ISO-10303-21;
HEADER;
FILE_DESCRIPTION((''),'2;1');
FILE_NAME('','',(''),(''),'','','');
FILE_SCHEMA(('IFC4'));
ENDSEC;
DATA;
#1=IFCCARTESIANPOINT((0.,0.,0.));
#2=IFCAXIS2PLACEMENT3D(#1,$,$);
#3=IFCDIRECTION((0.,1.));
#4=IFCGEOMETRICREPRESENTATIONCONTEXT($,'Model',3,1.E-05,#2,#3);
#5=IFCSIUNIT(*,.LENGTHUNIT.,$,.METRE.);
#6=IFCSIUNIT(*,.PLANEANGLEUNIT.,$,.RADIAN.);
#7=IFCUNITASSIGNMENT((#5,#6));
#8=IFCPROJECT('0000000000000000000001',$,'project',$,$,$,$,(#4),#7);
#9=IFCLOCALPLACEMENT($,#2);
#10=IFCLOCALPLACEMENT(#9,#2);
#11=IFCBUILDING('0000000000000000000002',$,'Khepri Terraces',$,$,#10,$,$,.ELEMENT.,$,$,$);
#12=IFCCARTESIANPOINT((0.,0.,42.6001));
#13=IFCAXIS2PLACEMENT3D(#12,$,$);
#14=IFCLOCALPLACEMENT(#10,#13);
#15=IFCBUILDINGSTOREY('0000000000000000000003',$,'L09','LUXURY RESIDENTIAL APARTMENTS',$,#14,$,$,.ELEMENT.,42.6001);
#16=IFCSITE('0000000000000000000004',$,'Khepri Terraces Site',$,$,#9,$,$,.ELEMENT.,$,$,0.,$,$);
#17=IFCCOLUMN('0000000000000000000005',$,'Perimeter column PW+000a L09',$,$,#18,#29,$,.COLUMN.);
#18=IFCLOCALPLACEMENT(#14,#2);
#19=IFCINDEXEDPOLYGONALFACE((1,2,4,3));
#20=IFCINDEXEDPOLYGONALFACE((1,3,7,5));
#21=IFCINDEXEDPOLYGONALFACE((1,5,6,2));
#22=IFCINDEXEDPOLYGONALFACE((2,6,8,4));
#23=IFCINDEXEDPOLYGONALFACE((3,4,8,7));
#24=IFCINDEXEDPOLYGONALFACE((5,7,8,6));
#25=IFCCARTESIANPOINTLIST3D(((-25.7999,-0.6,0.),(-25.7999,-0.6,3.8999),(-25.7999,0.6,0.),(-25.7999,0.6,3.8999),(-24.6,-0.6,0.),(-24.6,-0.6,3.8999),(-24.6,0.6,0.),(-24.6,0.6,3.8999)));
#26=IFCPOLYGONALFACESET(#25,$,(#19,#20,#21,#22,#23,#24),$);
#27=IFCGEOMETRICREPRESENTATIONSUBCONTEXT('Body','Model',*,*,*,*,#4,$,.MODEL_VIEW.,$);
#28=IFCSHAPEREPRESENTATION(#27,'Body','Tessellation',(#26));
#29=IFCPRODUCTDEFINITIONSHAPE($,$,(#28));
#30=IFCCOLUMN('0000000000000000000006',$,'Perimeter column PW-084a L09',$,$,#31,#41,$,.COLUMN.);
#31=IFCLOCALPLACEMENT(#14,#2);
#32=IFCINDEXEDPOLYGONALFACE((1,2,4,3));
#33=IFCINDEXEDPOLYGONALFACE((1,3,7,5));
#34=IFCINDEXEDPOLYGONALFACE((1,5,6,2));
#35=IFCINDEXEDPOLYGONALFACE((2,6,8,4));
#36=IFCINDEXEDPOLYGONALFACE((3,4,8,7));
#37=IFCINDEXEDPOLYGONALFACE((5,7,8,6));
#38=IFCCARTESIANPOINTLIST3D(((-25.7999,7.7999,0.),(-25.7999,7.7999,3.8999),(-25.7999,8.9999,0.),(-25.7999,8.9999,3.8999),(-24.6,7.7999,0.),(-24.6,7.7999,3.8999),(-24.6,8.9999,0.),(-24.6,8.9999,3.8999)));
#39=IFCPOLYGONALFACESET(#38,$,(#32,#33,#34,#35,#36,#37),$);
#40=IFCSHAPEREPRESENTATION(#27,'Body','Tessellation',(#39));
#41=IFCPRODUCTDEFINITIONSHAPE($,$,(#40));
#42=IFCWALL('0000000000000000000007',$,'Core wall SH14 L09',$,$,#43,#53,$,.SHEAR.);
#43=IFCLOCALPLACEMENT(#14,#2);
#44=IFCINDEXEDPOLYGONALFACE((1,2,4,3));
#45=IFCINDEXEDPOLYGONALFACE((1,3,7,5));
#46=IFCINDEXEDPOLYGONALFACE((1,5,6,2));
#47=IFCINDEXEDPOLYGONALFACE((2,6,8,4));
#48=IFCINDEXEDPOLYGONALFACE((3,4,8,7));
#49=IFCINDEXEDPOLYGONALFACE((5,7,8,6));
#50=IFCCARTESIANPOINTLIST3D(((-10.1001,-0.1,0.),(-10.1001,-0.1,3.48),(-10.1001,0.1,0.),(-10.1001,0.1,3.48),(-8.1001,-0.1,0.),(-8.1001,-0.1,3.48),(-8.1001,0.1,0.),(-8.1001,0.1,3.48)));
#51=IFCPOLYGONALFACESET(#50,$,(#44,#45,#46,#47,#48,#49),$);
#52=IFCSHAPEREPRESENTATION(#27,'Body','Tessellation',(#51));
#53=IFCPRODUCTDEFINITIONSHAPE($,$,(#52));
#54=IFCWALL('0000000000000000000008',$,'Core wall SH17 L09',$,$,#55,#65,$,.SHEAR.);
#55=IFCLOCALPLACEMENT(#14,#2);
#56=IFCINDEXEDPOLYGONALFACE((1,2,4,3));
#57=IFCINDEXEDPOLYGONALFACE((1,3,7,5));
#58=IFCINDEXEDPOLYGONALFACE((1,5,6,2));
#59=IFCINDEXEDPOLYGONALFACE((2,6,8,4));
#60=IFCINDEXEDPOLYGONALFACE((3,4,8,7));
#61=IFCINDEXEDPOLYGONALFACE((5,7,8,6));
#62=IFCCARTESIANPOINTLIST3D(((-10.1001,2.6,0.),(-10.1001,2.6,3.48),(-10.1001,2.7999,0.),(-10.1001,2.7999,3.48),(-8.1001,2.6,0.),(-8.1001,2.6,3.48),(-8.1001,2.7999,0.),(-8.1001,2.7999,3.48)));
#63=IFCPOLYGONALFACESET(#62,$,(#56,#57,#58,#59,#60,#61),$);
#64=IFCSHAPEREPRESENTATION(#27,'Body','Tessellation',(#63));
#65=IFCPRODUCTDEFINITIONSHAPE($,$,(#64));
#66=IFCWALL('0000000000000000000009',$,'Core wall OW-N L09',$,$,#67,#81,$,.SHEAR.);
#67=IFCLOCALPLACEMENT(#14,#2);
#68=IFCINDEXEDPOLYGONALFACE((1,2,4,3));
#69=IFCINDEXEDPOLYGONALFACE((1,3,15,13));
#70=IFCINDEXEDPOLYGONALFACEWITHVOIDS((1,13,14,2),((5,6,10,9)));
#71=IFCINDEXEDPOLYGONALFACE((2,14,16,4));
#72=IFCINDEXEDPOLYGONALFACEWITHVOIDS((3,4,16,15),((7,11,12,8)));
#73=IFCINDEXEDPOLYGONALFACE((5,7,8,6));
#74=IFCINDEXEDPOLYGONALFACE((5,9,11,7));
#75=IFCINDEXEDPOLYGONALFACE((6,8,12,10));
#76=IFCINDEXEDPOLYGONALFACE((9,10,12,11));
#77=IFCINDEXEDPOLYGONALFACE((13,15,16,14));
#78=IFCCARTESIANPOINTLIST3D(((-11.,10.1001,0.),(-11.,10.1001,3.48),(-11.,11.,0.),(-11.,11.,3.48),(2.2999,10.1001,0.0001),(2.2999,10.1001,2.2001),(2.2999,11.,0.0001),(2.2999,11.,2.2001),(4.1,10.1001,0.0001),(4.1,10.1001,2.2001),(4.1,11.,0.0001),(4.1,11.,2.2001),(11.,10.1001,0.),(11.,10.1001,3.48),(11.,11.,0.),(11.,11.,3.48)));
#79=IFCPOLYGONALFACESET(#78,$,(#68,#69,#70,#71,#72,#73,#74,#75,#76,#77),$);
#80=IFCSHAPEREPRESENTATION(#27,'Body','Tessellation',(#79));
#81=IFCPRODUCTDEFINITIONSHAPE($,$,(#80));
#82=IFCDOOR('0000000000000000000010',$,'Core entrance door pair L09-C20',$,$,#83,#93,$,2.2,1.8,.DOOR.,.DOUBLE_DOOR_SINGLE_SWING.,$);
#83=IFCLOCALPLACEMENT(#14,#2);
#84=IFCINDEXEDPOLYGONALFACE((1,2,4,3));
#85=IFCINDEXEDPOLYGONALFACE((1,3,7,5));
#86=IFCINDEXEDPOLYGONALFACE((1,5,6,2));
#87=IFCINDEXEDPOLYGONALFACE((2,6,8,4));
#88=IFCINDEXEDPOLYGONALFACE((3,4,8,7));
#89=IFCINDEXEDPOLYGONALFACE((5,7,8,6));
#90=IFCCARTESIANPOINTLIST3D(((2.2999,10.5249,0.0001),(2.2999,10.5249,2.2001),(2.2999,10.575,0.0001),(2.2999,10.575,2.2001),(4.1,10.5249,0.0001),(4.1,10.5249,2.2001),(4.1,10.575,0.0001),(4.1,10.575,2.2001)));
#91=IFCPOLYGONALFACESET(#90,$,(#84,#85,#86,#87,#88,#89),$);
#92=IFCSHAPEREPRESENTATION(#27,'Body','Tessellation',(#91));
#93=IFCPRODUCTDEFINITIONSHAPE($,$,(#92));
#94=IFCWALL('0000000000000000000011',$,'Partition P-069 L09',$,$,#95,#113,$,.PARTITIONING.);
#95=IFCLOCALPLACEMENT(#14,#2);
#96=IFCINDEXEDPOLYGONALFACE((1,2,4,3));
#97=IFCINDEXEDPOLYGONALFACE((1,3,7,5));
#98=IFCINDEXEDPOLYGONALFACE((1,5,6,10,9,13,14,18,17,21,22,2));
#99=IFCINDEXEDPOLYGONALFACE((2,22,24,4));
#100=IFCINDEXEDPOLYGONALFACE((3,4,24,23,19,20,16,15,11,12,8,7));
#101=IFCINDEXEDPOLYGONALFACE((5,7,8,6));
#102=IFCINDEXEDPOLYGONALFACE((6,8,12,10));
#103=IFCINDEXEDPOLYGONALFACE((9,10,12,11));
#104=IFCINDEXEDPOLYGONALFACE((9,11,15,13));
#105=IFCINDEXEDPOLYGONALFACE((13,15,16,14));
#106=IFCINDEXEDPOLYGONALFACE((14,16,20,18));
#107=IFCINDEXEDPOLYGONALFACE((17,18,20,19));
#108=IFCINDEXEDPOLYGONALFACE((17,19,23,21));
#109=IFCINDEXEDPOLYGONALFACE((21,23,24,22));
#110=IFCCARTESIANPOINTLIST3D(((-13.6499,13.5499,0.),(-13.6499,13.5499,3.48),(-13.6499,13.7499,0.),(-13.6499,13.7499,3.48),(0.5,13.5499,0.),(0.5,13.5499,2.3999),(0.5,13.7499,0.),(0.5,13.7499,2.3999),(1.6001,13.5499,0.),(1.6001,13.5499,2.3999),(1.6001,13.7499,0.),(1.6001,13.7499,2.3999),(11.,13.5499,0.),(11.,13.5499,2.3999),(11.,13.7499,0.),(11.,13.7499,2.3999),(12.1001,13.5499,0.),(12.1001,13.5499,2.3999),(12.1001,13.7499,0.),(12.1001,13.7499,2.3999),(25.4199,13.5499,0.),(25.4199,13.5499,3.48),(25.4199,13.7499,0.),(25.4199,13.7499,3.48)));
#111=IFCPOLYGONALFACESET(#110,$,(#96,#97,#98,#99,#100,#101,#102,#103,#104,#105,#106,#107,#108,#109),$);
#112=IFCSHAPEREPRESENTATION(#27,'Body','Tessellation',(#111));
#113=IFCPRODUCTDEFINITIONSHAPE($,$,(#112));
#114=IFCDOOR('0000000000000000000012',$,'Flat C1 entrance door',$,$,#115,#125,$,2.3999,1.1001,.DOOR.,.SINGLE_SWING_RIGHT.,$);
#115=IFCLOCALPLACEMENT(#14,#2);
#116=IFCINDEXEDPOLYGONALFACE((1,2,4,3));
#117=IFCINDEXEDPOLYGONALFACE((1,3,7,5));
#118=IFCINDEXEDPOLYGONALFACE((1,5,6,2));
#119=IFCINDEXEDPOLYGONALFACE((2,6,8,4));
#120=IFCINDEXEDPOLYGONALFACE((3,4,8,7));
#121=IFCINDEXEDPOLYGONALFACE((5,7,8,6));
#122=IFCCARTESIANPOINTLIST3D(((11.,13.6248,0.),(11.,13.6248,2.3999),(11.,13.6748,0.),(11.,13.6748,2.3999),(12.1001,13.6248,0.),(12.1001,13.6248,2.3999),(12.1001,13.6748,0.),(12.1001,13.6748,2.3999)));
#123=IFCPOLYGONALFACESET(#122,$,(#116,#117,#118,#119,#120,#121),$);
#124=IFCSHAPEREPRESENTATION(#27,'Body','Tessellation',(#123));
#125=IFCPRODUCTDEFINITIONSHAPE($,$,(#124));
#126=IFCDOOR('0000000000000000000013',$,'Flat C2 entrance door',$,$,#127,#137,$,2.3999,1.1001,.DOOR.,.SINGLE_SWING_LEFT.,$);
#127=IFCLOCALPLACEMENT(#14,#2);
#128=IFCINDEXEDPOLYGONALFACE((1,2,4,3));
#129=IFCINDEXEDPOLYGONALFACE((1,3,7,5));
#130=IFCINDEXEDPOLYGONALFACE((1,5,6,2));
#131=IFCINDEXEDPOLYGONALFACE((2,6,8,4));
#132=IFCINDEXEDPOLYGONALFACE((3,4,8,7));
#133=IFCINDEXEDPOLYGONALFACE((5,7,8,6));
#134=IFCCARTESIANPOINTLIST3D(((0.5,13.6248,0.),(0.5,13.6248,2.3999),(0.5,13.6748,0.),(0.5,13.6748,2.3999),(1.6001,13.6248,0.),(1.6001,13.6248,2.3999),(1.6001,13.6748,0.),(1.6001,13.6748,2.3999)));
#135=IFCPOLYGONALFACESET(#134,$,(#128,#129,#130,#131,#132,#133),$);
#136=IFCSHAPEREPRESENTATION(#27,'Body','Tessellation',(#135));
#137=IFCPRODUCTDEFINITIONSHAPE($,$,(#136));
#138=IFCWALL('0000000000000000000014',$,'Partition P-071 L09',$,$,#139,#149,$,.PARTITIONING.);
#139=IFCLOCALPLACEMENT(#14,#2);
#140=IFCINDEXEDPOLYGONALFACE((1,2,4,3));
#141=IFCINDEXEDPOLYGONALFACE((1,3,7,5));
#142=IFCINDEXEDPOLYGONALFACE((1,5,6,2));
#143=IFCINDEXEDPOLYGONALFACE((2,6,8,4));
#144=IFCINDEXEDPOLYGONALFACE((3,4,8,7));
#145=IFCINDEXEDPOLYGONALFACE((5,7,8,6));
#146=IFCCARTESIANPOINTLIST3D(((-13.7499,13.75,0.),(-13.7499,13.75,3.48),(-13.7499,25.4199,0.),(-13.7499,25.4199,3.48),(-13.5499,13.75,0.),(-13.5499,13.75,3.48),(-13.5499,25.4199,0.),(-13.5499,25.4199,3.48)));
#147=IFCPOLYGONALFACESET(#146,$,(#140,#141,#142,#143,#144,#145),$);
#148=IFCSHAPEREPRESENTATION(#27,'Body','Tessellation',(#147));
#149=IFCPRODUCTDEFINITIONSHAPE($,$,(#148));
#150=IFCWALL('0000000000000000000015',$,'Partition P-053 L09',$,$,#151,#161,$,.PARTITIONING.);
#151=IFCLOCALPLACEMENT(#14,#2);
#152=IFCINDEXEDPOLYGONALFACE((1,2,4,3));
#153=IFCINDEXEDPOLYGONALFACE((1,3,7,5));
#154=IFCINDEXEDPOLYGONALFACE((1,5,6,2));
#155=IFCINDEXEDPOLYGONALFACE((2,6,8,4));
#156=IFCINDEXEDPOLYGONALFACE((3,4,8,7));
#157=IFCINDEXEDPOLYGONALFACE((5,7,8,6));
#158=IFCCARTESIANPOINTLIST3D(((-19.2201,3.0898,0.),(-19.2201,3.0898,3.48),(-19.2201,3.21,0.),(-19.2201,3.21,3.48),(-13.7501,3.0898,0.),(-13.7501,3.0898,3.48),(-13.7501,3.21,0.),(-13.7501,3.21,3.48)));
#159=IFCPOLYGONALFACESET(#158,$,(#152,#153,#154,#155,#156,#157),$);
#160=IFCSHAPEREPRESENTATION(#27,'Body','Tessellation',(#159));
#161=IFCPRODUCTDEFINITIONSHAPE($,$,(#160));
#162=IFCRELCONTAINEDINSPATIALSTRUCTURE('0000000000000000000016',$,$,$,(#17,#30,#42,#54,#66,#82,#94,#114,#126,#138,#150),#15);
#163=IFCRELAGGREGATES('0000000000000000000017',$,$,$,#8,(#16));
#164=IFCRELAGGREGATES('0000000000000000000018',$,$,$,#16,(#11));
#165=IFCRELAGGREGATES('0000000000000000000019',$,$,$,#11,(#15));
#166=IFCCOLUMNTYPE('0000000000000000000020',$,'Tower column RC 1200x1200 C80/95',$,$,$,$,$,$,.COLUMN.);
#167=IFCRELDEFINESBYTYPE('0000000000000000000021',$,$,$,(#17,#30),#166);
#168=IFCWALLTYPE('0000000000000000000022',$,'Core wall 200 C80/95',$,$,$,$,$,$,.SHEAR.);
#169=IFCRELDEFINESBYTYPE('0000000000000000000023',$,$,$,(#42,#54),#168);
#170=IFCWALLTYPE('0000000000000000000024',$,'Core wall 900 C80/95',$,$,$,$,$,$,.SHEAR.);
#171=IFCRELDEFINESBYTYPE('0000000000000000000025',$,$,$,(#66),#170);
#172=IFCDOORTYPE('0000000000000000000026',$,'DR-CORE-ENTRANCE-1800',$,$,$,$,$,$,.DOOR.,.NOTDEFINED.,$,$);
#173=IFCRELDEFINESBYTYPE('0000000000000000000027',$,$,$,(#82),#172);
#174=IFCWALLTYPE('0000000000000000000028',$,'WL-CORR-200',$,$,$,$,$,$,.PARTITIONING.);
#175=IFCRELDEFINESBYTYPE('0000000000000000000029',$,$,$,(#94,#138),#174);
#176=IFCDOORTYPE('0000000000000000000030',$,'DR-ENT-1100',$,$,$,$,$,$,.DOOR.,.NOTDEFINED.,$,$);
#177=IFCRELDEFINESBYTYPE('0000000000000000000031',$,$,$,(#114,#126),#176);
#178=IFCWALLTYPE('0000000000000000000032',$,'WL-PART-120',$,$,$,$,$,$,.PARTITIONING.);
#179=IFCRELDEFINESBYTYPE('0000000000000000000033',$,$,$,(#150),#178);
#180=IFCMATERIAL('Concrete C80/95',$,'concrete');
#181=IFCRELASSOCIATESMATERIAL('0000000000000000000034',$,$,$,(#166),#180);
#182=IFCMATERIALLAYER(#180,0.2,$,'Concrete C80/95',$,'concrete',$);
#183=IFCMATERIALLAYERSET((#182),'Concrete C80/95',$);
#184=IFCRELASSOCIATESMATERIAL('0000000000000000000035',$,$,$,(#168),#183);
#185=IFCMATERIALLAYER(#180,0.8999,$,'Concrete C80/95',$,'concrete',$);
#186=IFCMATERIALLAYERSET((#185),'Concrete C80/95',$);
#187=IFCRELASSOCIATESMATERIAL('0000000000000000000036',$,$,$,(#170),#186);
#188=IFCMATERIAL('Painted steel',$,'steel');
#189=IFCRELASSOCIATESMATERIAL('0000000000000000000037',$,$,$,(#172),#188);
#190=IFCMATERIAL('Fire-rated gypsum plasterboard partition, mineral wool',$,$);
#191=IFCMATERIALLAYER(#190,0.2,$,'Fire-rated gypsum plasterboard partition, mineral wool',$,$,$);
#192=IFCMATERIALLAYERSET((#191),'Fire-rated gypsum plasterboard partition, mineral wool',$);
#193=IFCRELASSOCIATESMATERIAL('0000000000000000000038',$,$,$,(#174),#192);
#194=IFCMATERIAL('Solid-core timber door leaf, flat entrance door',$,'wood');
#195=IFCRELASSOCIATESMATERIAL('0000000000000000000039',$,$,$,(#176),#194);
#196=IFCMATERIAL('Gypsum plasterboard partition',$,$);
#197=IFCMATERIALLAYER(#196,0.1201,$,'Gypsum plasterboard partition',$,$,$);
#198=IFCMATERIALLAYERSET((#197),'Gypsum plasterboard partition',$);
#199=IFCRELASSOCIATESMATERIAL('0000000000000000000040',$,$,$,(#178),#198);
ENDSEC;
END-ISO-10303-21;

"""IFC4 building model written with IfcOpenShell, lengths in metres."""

from ifc_helpers import new_model, si_unit, direction, frame, frame_2d, origin, origin_2d, place, context, subcontext, project, spatial, rectangle, extrude, material, layer, layer_set, material_profile, profile_set, type_object, element, fill, save


model = new_model("IFC4")

# Units and contexts
model_context = context("Model", 3, precision=1e-05, world=origin(), true_north=direction((0.0, 1.0)))
body_context = subcontext(model_context, "Body", "Model", "MODEL_VIEW")
ifc_project = project(units=[si_unit("LENGTHUNIT", "METRE"), si_unit("PLANEANGLEUNIT", "RADIAN")], contexts=[model_context])

# Site, building, storey
site_placement = place(None, origin())
site = spatial("IfcSite", under=ifc_project, at=site_placement, Name="Khepri Terraces Site", CompositionType="ELEMENT", RefElevation=0.0)
building_placement = place(site_placement, origin())
building = spatial("IfcBuilding", under=site, at=building_placement, Name="Khepri Terraces", CompositionType="ELEMENT")
storey_placement = place(building_placement, frame((0.0, 0.0, 42.6001)))
storey = spatial("IfcBuildingStorey", under=building, at=storey_placement, Name="L09", Description="LUXURY RESIDENTIAL APARTMENTS", CompositionType="ELEMENT", Elevation=42.6001)

# Columns
ifc_material_1 = material(Name="Concrete C80/95", Category="concrete")
ifc_material_profile = material_profile(ifc_material_1, rectangle(XDim=1.2, YDim=1.2, at=origin_2d()), Name="Concrete C80/95", Category="concrete")
ifc_profile_set = profile_set([ifc_material_profile], Name="Concrete C80/95")
column_type = type_object("IfcColumnType", Name="Tower column RC 1200x1200 C80/95", PredefinedType="COLUMN", material=ifc_profile_set)
for number, where, z_axis, x_axis, name in (
    (1, (-25.2, 0.0, 0.0), (0.0, 0.0, 1.0), (1.0, 0.0, 0.0), "Perimeter column PW+000a L09"),
    (2, (-25.2, 8.3999, 0.0), (0.0, 0.0, 1.0), (1.0, 0.0, 0.0), "Perimeter column PW-084a L09"),
):
    element("IfcColumn", number, at=place(storey_placement, frame(where, z_axis=z_axis, x_axis=x_axis)), inside=storey, type_object=column_type, Name=name, PredefinedType="COLUMN", context=body_context, shape_type="SweptSolid", body=[
        extrude(rectangle(XDim=1.2, YDim=1.2, at=origin_2d()), origin(), (0.0, 0.0, 1.0), 3.8999),
    ])

# Walls
ifc_layer_1 = layer(ifc_material_1, 0.2, Name="Concrete C80/95", Category="concrete")
ifc_layer_set_1 = layer_set([ifc_layer_1], Name="Concrete C80/95")
wall_type_1 = type_object("IfcWallType", Name="Core wall 200 C80/95", PredefinedType="SHEAR", material=ifc_layer_set_1)
for number, where, z_axis, x_axis, name in (
    (3, (-10.1001, 0.0, 0.0), (0.0, 0.0, 1.0), (1.0, 0.0, 0.0), "Core wall SH14 L09"),
    (4, (-10.1001, 2.7, 0.0), (0.0, 0.0, 1.0), (1.0, 0.0, 0.0), "Core wall SH17 L09"),
):
    element("IfcWall", number, at=place(storey_placement, frame(where, z_axis=z_axis, x_axis=x_axis)), inside=storey, type_object=wall_type_1, Name=name, PredefinedType="SHEAR", context=body_context, shape_type="SweptSolid", body=[
        extrude(rectangle(XDim=2.0, YDim=0.2, at=frame_2d((1.0, 0.0))), origin(), (0.0, 0.0, 1.0), 3.48),
    ])

# Wall, opening, door
ifc_layer_2 = layer(ifc_material_1, 0.8999, Name="Concrete C80/95", Category="concrete")
ifc_layer_set_2 = layer_set([ifc_layer_2], Name="Concrete C80/95")
wall_type_2 = type_object("IfcWallType", Name="Core wall 900 C80/95", PredefinedType="SHEAR", material=ifc_layer_set_2)
wall_1_placement = place(storey_placement, frame((-11.0, 10.55, 0.0), z_axis=(0.0, 0.0, 1.0), x_axis=(1.0, 0.0, 0.0)))
wall_1 = element("IfcWall", 5, at=wall_1_placement, inside=storey, type_object=wall_type_2, Name="Core wall OW-N L09", PredefinedType="SHEAR", context=body_context, shape_type="SweptSolid", body=[
    extrude(rectangle(XDim=22.0, YDim=0.8999, at=frame_2d((11.0, 0.0))), origin(), (0.0, 0.0, 1.0), 3.48),
])
opening_1_placement = place(wall_1_placement, frame((13.3, 0.0, 0.0)))
opening_1 = element("IfcOpeningElement", 6, at=opening_1_placement, cuts=wall_1, PredefinedType="OPENING", context=body_context, shape_type="SweptSolid", body=[
    extrude(rectangle(XDim=1.8, YDim=2.2, at=frame_2d((0.8999, 1.1001))), frame((0.0, 0.46, 0.0), z_axis=(0.0, -1.0, 0.0), x_axis=(1.0, 0.0, 0.0)), (0.0, 0.0, 1.0), 0.9199),
])
ifc_material_2 = material(Name="Painted steel", Category="steel")
door_type_1 = type_object("IfcDoorType", Name="DR-CORE-ENTRANCE-1800", OperationType="NOTDEFINED", PredefinedType="DOOR", material=ifc_material_2)
door_1_placement = place(opening_1_placement, origin())
door_1 = element("IfcDoor", 7, at=door_1_placement, inside=storey, type_object=door_type_1, Name="Core entrance door pair L09-C20", OperationType="DOUBLE_DOOR_SINGLE_SWING", OverallHeight=2.2, OverallWidth=1.8, PredefinedType="DOOR", context=body_context, shape_type="SweptSolid", body=[
    extrude(rectangle(XDim=1.8, YDim=2.2, at=frame_2d((0.8999, 1.1001))), frame((0.0, 0.0249, 0.0), z_axis=(0.0, -1.0, 0.0), x_axis=(1.0, 0.0, 0.0)), (0.0, 0.0, 1.0), 0.05),
])
fill(opening_1, door_1)

# Wall, openings, doors
ifc_material_3 = material(Name="Fire-rated gypsum plasterboard partition, mineral wool")
ifc_layer_3 = layer(ifc_material_3, 0.2, Name="Fire-rated gypsum plasterboard partition, mineral wool")
ifc_layer_set_3 = layer_set([ifc_layer_3], Name="Fire-rated gypsum plasterboard partition, mineral wool")
wall_type_3 = type_object("IfcWallType", Name="WL-CORR-200", PredefinedType="PARTITIONING", material=ifc_layer_set_3)
wall_2_placement = place(storey_placement, frame((-13.6499, 13.6499, 0.0), z_axis=(0.0, 0.0, 1.0), x_axis=(1.0, 0.0, 0.0)))
wall_2 = element("IfcWall", 8, at=wall_2_placement, inside=storey, type_object=wall_type_3, Name="Partition P-069 L09", PredefinedType="PARTITIONING", context=body_context, shape_type="SweptSolid", body=[
    extrude(rectangle(XDim=39.0698, YDim=0.2, at=frame_2d((19.5349, 0.0))), origin(), (0.0, 0.0, 1.0), 3.48),
])
opening_2_placement = place(wall_2_placement, frame((24.6499, 0.0, 0.0)))
opening_2 = element("IfcOpeningElement", 9, at=opening_2_placement, cuts=wall_2, PredefinedType="OPENING", context=body_context, shape_type="SweptSolid", body=[
    extrude(rectangle(XDim=1.1001, YDim=2.3999, at=frame_2d((0.55, 1.2))), frame((0.0, 0.1099, 0.0), z_axis=(0.0, -1.0, 0.0), x_axis=(1.0, 0.0, 0.0)), (0.0, 0.0, 1.0), 0.22),
])
opening_3_placement = place(wall_2_placement, frame((14.1499, 0.0, 0.0)))
opening_3 = element("IfcOpeningElement", 10, at=opening_3_placement, cuts=wall_2, PredefinedType="OPENING", context=body_context, shape_type="SweptSolid", body=[
    extrude(rectangle(XDim=1.1001, YDim=2.3999, at=frame_2d((0.55, 1.2))), frame((0.0, 0.1099, 0.0), z_axis=(0.0, -1.0, 0.0), x_axis=(1.0, 0.0, 0.0)), (0.0, 0.0, 1.0), 0.22),
])
ifc_material_4 = material(Name="Solid-core timber door leaf, flat entrance door", Category="wood")
door_type_2 = type_object("IfcDoorType", Name="DR-ENT-1100", OperationType="NOTDEFINED", PredefinedType="DOOR", material=ifc_material_4)
door_2_placement = place(opening_2_placement, origin())
door_2 = element("IfcDoor", 11, at=door_2_placement, inside=storey, type_object=door_type_2, Name="Flat C1 entrance door", OperationType="SINGLE_SWING_RIGHT", OverallHeight=2.3999, OverallWidth=1.1001, PredefinedType="DOOR", context=body_context, shape_type="SweptSolid", body=[
    extrude(rectangle(XDim=1.1001, YDim=2.3999, at=frame_2d((0.55, 1.2))), frame((0.0, 0.0249, 0.0), z_axis=(0.0, -1.0, 0.0), x_axis=(1.0, 0.0, 0.0)), (0.0, 0.0, 1.0), 0.05),
])
fill(opening_2, door_2)
door_3_placement = place(opening_3_placement, origin())
door_3 = element("IfcDoor", 12, at=door_3_placement, inside=storey, type_object=door_type_2, Name="Flat C2 entrance door", OperationType="SINGLE_SWING_LEFT", OverallHeight=2.3999, OverallWidth=1.1001, PredefinedType="DOOR", context=body_context, shape_type="SweptSolid", body=[
    extrude(rectangle(XDim=1.1001, YDim=2.3999, at=frame_2d((0.55, 1.2))), frame((0.0, 0.0249, 0.0), z_axis=(0.0, -1.0, 0.0), x_axis=(1.0, 0.0, 0.0)), (0.0, 0.0, 1.0), 0.05),
])
fill(opening_3, door_3)

# Wall
wall_3_placement = place(storey_placement, frame((-13.6499, 13.75, 0.0), z_axis=(0.0, 0.0, 1.0), x_axis=(0.0, 1.0, 0.0)))
element("IfcWall", 13, at=wall_3_placement, inside=storey, type_object=wall_type_3, Name="Partition P-071 L09", PredefinedType="PARTITIONING", context=body_context, shape_type="SweptSolid", body=[
    extrude(rectangle(XDim=11.6699, YDim=0.2, at=frame_2d((5.835, 0.0))), origin(), (0.0, 0.0, 1.0), 3.48),
])

# Wall
ifc_material_5 = material(Name="Gypsum plasterboard partition")
ifc_layer_4 = layer(ifc_material_5, 0.1201, Name="Gypsum plasterboard partition")
ifc_layer_set_4 = layer_set([ifc_layer_4], Name="Gypsum plasterboard partition")
wall_type_4 = type_object("IfcWallType", Name="WL-PART-120", PredefinedType="PARTITIONING", material=ifc_layer_set_4)
wall_4_placement = place(storey_placement, frame((-19.22, 3.1499, 0.0), z_axis=(0.0, 0.0, 1.0), x_axis=(1.0, 0.0, 0.0)))
element("IfcWall", 14, at=wall_4_placement, inside=storey, type_object=wall_type_4, Name="Partition P-053 L09", PredefinedType="PARTITIONING", context=body_context, shape_type="SweptSolid", body=[
    extrude(rectangle(XDim=5.47, YDim=0.1201, at=frame_2d((2.7349, 0.0))), origin(), (0.0, 0.0, 1.0), 3.48),
])

save(model, "model.ifc")
